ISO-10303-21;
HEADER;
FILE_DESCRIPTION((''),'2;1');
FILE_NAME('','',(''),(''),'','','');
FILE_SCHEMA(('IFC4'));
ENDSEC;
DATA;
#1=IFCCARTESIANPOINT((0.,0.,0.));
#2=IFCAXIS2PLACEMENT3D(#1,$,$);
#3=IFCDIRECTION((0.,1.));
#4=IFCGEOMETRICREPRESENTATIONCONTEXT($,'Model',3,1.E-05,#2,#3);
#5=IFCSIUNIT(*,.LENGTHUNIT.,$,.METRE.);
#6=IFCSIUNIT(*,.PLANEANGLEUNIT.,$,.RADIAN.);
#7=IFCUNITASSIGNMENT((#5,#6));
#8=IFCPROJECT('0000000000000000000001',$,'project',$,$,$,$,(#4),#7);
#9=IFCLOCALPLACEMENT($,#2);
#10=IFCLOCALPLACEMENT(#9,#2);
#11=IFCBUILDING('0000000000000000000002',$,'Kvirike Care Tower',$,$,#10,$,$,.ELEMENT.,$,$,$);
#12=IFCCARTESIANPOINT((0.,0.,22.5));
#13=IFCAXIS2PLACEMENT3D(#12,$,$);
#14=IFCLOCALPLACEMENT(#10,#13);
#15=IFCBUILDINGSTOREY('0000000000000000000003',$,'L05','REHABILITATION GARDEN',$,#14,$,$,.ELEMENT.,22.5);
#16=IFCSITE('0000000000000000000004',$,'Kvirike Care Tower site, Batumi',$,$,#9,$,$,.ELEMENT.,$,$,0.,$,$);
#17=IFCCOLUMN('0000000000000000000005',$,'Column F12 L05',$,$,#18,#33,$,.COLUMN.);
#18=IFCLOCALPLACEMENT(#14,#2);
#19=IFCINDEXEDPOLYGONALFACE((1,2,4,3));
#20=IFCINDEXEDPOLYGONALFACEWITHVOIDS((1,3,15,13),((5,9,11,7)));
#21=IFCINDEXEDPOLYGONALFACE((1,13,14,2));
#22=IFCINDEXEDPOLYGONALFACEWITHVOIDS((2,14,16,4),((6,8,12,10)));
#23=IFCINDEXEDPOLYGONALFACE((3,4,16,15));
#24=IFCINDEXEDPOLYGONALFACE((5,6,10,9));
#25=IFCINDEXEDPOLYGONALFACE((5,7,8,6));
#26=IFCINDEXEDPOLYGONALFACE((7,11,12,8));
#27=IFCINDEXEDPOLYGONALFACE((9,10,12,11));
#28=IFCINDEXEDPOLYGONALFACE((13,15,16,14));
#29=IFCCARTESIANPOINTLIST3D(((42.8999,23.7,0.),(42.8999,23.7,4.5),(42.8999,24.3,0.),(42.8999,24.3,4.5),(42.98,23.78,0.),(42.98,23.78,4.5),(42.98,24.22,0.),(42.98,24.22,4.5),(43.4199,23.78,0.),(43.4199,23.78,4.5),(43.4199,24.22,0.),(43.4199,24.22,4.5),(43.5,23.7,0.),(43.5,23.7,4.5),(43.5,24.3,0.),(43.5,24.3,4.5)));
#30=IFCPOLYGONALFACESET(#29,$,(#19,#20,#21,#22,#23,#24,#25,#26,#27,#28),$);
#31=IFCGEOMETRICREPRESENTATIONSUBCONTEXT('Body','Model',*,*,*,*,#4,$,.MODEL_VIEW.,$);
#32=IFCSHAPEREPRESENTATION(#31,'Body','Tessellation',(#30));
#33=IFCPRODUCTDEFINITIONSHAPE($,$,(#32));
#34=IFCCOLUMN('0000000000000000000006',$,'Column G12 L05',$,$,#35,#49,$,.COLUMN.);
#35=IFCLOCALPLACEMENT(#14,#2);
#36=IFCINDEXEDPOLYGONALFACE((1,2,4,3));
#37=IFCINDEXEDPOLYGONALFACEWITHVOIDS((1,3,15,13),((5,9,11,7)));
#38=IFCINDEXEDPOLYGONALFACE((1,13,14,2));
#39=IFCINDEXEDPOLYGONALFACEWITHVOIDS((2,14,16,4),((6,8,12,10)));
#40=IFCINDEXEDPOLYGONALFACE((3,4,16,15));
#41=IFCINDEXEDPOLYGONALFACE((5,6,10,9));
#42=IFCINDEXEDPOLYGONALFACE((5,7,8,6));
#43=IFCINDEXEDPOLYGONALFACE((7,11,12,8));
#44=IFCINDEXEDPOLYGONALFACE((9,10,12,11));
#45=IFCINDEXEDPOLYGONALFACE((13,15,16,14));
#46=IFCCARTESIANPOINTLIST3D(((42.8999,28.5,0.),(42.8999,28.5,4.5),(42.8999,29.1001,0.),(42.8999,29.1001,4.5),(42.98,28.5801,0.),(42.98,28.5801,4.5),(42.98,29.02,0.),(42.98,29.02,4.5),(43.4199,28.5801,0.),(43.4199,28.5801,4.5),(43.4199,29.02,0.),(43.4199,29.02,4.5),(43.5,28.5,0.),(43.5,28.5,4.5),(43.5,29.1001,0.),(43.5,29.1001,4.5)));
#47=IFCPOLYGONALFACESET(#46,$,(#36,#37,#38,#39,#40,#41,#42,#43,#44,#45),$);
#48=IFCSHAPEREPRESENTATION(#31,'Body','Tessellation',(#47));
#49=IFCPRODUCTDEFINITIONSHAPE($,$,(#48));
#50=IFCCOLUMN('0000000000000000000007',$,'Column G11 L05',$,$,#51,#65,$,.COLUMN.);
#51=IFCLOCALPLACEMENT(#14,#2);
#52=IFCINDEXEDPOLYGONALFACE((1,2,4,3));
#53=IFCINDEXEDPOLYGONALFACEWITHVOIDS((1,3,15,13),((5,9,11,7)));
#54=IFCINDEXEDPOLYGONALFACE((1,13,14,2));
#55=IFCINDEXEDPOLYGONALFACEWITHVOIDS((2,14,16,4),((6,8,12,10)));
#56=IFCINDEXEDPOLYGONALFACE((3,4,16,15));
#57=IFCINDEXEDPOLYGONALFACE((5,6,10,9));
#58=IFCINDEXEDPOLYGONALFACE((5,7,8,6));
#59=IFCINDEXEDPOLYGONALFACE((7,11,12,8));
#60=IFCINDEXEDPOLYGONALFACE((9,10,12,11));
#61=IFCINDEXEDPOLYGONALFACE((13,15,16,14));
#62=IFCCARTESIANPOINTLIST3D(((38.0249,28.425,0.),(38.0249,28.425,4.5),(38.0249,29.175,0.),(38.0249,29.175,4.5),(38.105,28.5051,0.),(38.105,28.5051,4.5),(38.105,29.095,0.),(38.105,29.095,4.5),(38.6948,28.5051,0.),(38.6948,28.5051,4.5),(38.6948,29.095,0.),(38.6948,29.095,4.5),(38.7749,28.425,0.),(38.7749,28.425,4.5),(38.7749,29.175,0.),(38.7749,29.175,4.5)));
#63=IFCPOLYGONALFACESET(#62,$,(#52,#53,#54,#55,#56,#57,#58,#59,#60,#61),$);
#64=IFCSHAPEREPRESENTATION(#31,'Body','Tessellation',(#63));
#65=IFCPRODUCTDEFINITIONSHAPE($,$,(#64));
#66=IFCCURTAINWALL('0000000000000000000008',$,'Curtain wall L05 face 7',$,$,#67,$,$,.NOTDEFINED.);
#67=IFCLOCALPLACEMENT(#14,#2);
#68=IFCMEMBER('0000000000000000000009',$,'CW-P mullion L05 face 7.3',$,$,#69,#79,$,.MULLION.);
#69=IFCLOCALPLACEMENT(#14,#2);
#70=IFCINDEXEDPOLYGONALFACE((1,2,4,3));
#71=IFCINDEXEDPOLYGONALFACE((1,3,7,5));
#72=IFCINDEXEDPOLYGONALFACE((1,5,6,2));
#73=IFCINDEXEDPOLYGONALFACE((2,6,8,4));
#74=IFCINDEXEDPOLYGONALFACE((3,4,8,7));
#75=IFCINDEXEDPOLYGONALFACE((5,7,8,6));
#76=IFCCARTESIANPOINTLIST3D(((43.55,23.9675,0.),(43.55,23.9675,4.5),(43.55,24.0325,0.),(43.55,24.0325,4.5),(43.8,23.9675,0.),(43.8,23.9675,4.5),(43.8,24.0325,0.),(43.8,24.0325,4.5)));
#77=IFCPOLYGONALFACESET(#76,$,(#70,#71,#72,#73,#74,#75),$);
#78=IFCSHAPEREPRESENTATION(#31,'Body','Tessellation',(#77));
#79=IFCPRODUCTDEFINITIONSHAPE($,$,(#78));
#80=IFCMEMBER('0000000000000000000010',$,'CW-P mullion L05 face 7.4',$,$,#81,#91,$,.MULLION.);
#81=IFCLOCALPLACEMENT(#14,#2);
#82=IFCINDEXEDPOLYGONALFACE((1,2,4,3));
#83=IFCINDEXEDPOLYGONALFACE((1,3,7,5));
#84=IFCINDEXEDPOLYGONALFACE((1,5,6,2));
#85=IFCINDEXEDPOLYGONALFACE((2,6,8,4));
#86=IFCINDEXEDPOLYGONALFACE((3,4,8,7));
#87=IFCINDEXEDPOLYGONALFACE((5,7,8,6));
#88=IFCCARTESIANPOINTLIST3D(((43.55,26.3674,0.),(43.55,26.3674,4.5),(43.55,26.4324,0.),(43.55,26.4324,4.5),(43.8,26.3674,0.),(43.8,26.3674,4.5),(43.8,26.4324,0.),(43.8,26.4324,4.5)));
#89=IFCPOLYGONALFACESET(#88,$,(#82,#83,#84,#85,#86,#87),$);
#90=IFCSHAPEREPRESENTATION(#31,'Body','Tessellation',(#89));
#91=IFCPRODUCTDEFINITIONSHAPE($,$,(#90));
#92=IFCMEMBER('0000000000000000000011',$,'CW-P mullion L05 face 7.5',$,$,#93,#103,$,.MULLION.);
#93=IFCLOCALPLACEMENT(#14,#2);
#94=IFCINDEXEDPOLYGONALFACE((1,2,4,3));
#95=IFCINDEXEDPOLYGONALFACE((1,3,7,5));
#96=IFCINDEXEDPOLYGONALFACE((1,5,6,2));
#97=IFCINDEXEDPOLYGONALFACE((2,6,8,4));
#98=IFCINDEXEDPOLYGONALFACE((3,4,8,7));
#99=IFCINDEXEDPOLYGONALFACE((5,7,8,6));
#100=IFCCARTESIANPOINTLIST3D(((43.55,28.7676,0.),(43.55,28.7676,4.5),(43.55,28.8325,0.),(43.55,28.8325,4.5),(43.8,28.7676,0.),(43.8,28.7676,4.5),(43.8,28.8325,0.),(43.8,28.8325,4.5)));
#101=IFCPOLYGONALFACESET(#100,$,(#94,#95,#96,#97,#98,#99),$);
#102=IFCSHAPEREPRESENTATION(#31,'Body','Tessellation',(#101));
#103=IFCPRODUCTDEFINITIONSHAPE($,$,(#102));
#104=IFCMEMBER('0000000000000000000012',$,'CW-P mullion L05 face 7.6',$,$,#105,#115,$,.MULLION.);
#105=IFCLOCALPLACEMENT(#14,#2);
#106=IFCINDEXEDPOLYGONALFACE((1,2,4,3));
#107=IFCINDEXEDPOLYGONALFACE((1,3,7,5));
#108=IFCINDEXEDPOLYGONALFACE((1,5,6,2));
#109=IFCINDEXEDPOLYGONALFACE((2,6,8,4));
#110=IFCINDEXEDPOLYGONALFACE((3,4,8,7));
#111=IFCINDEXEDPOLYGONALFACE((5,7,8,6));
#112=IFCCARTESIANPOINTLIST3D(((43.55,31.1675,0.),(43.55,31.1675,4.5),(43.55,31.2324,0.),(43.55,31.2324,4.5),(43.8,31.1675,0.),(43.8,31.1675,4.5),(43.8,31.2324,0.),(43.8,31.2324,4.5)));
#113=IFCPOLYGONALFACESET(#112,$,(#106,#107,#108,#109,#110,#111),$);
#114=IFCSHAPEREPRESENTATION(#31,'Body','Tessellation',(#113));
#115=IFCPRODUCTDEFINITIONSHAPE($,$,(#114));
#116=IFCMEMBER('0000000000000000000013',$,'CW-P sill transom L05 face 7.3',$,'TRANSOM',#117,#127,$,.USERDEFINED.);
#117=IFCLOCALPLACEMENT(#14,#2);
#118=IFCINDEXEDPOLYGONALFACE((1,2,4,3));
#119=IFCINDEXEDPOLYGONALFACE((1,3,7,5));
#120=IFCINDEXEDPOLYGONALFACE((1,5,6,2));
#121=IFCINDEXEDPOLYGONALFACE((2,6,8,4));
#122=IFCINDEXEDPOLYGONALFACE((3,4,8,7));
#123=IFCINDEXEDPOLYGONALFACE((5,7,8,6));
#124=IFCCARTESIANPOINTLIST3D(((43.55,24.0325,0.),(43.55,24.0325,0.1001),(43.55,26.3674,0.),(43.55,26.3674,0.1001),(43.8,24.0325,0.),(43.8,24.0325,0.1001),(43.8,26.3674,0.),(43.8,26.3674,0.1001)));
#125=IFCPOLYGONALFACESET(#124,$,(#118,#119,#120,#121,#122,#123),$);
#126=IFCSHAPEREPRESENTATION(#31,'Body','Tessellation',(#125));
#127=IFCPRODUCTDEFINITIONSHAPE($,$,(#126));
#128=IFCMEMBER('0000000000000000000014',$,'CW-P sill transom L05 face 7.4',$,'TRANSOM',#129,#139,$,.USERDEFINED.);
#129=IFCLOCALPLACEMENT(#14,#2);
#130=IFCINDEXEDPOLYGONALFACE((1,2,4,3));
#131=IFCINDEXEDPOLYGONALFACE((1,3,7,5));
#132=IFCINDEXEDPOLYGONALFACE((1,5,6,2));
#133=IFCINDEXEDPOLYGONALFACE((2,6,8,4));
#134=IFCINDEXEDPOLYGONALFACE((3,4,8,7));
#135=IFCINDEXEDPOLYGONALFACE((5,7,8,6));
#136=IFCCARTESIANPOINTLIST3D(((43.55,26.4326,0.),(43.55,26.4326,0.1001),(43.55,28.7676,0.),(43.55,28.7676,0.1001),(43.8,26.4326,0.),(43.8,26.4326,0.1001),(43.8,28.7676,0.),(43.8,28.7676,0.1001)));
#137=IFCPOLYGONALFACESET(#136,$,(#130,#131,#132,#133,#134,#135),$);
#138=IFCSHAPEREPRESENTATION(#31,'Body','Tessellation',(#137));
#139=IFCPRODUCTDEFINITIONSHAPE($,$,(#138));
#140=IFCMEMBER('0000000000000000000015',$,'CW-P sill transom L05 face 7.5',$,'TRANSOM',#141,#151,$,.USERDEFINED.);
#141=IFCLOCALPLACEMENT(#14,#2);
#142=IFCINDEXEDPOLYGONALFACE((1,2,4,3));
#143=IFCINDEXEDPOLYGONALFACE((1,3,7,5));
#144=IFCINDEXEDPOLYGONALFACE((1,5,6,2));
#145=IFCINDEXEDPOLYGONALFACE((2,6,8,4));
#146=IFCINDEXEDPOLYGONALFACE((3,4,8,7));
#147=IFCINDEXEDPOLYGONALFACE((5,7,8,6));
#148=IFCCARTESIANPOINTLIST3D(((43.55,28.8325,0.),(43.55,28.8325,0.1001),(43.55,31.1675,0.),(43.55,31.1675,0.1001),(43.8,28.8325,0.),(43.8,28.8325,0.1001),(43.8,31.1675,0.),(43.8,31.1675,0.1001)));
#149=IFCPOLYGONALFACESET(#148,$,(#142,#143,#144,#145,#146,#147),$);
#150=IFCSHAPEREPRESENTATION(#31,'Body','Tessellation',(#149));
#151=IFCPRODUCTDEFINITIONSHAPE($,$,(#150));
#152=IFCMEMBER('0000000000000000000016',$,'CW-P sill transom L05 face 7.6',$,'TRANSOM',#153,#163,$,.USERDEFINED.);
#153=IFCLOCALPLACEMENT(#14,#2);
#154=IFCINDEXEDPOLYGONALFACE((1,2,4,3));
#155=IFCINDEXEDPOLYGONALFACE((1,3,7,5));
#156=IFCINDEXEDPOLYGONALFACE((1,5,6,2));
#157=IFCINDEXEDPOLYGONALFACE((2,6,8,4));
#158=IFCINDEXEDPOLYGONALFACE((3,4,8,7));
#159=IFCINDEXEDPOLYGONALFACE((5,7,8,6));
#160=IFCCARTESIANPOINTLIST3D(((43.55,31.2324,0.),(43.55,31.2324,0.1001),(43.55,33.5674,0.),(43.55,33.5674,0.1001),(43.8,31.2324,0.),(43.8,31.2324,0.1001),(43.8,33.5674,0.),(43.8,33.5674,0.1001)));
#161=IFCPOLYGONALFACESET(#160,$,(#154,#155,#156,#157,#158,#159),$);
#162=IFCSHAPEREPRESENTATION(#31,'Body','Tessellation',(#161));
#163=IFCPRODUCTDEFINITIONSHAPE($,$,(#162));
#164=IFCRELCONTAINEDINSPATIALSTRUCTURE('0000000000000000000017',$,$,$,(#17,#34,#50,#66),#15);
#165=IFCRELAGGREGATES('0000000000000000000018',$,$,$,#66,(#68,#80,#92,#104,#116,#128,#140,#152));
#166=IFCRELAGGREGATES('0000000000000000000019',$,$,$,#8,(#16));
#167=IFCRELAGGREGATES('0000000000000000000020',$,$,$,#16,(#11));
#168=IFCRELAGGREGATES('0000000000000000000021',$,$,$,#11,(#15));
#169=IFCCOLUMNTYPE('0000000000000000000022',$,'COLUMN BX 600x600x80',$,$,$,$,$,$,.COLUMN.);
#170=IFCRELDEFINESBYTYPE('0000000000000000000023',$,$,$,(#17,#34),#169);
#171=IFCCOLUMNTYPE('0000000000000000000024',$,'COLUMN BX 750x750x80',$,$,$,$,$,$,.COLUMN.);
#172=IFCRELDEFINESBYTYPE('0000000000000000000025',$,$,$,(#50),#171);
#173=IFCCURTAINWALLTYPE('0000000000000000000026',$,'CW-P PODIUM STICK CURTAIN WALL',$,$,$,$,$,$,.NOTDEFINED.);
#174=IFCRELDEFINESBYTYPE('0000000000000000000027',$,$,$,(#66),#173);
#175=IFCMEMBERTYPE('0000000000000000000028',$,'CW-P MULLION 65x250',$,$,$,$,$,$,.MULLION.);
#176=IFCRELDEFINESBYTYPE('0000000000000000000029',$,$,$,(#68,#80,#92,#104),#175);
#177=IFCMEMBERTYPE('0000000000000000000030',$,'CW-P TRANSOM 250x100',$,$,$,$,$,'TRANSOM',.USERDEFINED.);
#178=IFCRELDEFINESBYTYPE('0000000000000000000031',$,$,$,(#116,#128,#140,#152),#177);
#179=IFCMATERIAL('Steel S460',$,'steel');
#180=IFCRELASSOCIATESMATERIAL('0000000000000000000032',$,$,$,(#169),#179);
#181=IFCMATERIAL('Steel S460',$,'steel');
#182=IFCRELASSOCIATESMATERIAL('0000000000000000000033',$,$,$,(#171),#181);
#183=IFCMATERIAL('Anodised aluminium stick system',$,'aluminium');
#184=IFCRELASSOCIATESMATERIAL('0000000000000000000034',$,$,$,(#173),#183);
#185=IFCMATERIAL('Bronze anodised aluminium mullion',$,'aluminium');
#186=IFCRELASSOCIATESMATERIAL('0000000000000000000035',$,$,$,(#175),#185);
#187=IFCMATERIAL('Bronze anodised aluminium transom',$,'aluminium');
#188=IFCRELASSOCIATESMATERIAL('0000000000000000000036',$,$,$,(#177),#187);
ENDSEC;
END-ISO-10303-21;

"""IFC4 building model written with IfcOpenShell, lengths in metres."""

from ifc_helpers import new_model, si_unit, direction, frame, origin, origin_2d, place, context, subcontext, project, spatial, rectangle, hollow_rectangle, extrude, material, material_profile, profile_set, type_object, element, aggregate, save


model = new_model("IFC4")

# Units and contexts
model_context = context("Model", 3, precision=1e-05, world=origin(), true_north=direction((0.0, 1.0)))
body_context = subcontext(model_context, "Body", "Model", "MODEL_VIEW")
ifc_project = project(units=[si_unit("LENGTHUNIT", "METRE"), si_unit("PLANEANGLEUNIT", "RADIAN")], contexts=[model_context])

# Site, building, storey
site_placement = place(None, origin())
site = spatial("IfcSite", under=ifc_project, at=site_placement, Name="Kvirike Care Tower site, Batumi", CompositionType="ELEMENT", RefElevation=0.0)
building_placement = place(site_placement, origin())
building = spatial("IfcBuilding", under=site, at=building_placement, Name="Kvirike Care Tower", CompositionType="ELEMENT")
storey_placement = place(building_placement, frame((0.0, 0.0, 22.5)))
storey = spatial("IfcBuildingStorey", under=building, at=storey_placement, Name="L05", Description="REHABILITATION GARDEN", CompositionType="ELEMENT", Elevation=22.5)

# Columns
ifc_material_1 = material(Name="Steel S460", Category="steel")
ifc_material_profile_1 = material_profile(ifc_material_1, hollow_rectangle(XDim=0.6001, YDim=0.6001, WallThickness=0.0801, at=origin_2d()), Name="BX 600x600x80")
ifc_profile_set_1 = profile_set([ifc_material_profile_1], Name="Steel S460")
column_type_1 = type_object("IfcColumnType", Name="COLUMN BX 600x600x80", PredefinedType="COLUMN", material=ifc_profile_set_1)
for number, where, z_axis, x_axis, name in (
    (1, (43.2, 24.0, 0.0), (0.0, 0.0, 1.0), (1.0, 0.0, 0.0), "Column F12 L05"),
    (2, (43.2, 28.8, 0.0), (0.0, 0.0, 1.0), (0.0, 1.0, 0.0), "Column G12 L05"),
):
    element("IfcColumn", number, at=place(storey_placement, frame(where, z_axis=z_axis, x_axis=x_axis)), inside=storey, type_object=column_type_1, Name=name, PredefinedType="COLUMN", context=body_context, shape_type="SweptSolid", body=[
        extrude(hollow_rectangle(XDim=0.6001, YDim=0.6001, WallThickness=0.0801, at=origin_2d()), origin(), (0.0, 0.0, 1.0), 4.5),
    ])
ifc_material_2 = material(Name="Steel S460", Category="steel")
ifc_material_profile_2 = material_profile(ifc_material_2, hollow_rectangle(XDim=0.75, YDim=0.75, WallThickness=0.0801, at=origin_2d()), Name="BX 750x750x80")
ifc_profile_set_2 = profile_set([ifc_material_profile_2], Name="Steel S460")
column_type_2 = type_object("IfcColumnType", Name="COLUMN BX 750x750x80", PredefinedType="COLUMN", material=ifc_profile_set_2)
column_placement = place(storey_placement, frame((38.3999, 28.8, 0.0), z_axis=(0.0, 0.0, 1.0), x_axis=(0.0, 1.0, 0.0)))
element("IfcColumn", 3, at=column_placement, inside=storey, type_object=column_type_2, Name="Column G11 L05", PredefinedType="COLUMN", context=body_context, shape_type="SweptSolid", body=[
    extrude(hollow_rectangle(XDim=0.75, YDim=0.75, WallThickness=0.0801, at=origin_2d()), origin(), (0.0, 0.0, 1.0), 4.5),
])

# Curtain wall, members
ifc_material_3 = material(Name="Anodised aluminium stick system", Category="aluminium")
curtain_wall_type = type_object("IfcCurtainWallType", Name="CW-P PODIUM STICK CURTAIN WALL", PredefinedType="NOTDEFINED", material=ifc_material_3)
curtain_wall_placement = place(storey_placement, origin())
curtain_wall = element("IfcCurtainWall", 4, at=curtain_wall_placement, inside=storey, type_object=curtain_wall_type, Name="Curtain wall L05 face 7", PredefinedType="NOTDEFINED")
ifc_material_4 = material(Name="Bronze anodised aluminium mullion", Category="aluminium")
ifc_material_profile_3 = material_profile(ifc_material_4, rectangle(XDim=0.0649, YDim=0.25, at=origin_2d()), Name="CW-P MULLION 65x250")
ifc_profile_set_3 = profile_set([ifc_material_profile_3], Name="Bronze anodised aluminium mullion")
member_type_1 = type_object("IfcMemberType", Name="CW-P MULLION 65x250", PredefinedType="MULLION", material=ifc_profile_set_3)
member_1_placement = place(storey_placement, frame((43.675, 24.0, 0.0), z_axis=(0.0, 0.0, 1.0), x_axis=(0.0, 1.0, 0.0)))
member_1 = element("IfcMember", 5, at=member_1_placement, type_object=member_type_1, Name="CW-P mullion L05 face 7.3", PredefinedType="MULLION", context=body_context, shape_type="SweptSolid", body=[
    extrude(rectangle(XDim=0.0649, YDim=0.25, at=origin_2d()), origin(), (0.0, 0.0, 1.0), 4.5),
])
member_2_placement = place(storey_placement, frame((43.675, 26.3999, 0.0), z_axis=(0.0, 0.0, 1.0), x_axis=(0.0, 1.0, 0.0)))
member_2 = element("IfcMember", 6, at=member_2_placement, type_object=member_type_1, Name="CW-P mullion L05 face 7.4", PredefinedType="MULLION", context=body_context, shape_type="SweptSolid", body=[
    extrude(rectangle(XDim=0.0649, YDim=0.25, at=origin_2d()), origin(), (0.0, 0.0, 1.0), 4.5),
])
member_3_placement = place(storey_placement, frame((43.675, 28.8, 0.0), z_axis=(0.0, 0.0, 1.0), x_axis=(0.0, 1.0, 0.0)))
member_3 = element("IfcMember", 7, at=member_3_placement, type_object=member_type_1, Name="CW-P mullion L05 face 7.5", PredefinedType="MULLION", context=body_context, shape_type="SweptSolid", body=[
    extrude(rectangle(XDim=0.0649, YDim=0.25, at=origin_2d()), origin(), (0.0, 0.0, 1.0), 4.5),
])
member_4_placement = place(storey_placement, frame((43.675, 31.2, 0.0), z_axis=(0.0, 0.0, 1.0), x_axis=(0.0, 1.0, 0.0)))
member_4 = element("IfcMember", 8, at=member_4_placement, type_object=member_type_1, Name="CW-P mullion L05 face 7.6", PredefinedType="MULLION", context=body_context, shape_type="SweptSolid", body=[
    extrude(rectangle(XDim=0.0649, YDim=0.25, at=origin_2d()), origin(), (0.0, 0.0, 1.0), 4.5),
])
ifc_material_5 = material(Name="Bronze anodised aluminium transom", Category="aluminium")
ifc_material_profile_4 = material_profile(ifc_material_5, rectangle(XDim=0.25, YDim=0.1001, at=origin_2d()), Name="CW-P TRANSOM 250x100")
ifc_profile_set_4 = profile_set([ifc_material_profile_4], Name="Bronze anodised aluminium transom")
member_type_2 = type_object("IfcMemberType", Name="CW-P TRANSOM 250x100", ElementType="TRANSOM", PredefinedType="USERDEFINED", material=ifc_profile_set_4)
member_5_placement = place(storey_placement, frame((43.675, 24.0325, 0.05), z_axis=(0.0, 1.0, 0.0), x_axis=(-1.0, 0.0, 0.0)))
member_5 = element("IfcMember", 9, at=member_5_placement, type_object=member_type_2, Name="CW-P sill transom L05 face 7.3", ObjectType="TRANSOM", PredefinedType="USERDEFINED", context=body_context, shape_type="SweptSolid", body=[
    extrude(rectangle(XDim=0.25, YDim=0.1001, at=origin_2d()), origin(), (0.0, 0.0, 1.0), 2.335),
])
member_6_placement = place(storey_placement, frame((43.675, 26.4326, 0.05), z_axis=(0.0, 1.0, 0.0), x_axis=(-1.0, 0.0, 0.0)))
member_6 = element("IfcMember", 10, at=member_6_placement, type_object=member_type_2, Name="CW-P sill transom L05 face 7.4", ObjectType="TRANSOM", PredefinedType="USERDEFINED", context=body_context, shape_type="SweptSolid", body=[
    extrude(rectangle(XDim=0.25, YDim=0.1001, at=origin_2d()), origin(), (0.0, 0.0, 1.0), 2.335),
])
member_7_placement = place(storey_placement, frame((43.675, 28.8325, 0.05), z_axis=(0.0, 1.0, 0.0), x_axis=(-1.0, 0.0, 0.0)))
member_7 = element("IfcMember", 11, at=member_7_placement, type_object=member_type_2, Name="CW-P sill transom L05 face 7.5", ObjectType="TRANSOM", PredefinedType="USERDEFINED", context=body_context, shape_type="SweptSolid", body=[
    extrude(rectangle(XDim=0.25, YDim=0.1001, at=origin_2d()), origin(), (0.0, 0.0, 1.0), 2.335),
])
member_8_placement = place(storey_placement, frame((43.675, 31.2324, 0.05), z_axis=(0.0, 1.0, 0.0), x_axis=(-1.0, 0.0, 0.0)))
member_8 = element("IfcMember", 12, at=member_8_placement, type_object=member_type_2, Name="CW-P sill transom L05 face 7.6", ObjectType="TRANSOM", PredefinedType="USERDEFINED", context=body_context, shape_type="SweptSolid", body=[
    extrude(rectangle(XDim=0.25, YDim=0.1001, at=origin_2d()), origin(), (0.0, 0.0, 1.0), 2.335),
])

aggregate(curtain_wall, [member_1, member_2, member_3, member_4, member_5, member_6, member_7, member_8])

save(model, "model.ifc")
